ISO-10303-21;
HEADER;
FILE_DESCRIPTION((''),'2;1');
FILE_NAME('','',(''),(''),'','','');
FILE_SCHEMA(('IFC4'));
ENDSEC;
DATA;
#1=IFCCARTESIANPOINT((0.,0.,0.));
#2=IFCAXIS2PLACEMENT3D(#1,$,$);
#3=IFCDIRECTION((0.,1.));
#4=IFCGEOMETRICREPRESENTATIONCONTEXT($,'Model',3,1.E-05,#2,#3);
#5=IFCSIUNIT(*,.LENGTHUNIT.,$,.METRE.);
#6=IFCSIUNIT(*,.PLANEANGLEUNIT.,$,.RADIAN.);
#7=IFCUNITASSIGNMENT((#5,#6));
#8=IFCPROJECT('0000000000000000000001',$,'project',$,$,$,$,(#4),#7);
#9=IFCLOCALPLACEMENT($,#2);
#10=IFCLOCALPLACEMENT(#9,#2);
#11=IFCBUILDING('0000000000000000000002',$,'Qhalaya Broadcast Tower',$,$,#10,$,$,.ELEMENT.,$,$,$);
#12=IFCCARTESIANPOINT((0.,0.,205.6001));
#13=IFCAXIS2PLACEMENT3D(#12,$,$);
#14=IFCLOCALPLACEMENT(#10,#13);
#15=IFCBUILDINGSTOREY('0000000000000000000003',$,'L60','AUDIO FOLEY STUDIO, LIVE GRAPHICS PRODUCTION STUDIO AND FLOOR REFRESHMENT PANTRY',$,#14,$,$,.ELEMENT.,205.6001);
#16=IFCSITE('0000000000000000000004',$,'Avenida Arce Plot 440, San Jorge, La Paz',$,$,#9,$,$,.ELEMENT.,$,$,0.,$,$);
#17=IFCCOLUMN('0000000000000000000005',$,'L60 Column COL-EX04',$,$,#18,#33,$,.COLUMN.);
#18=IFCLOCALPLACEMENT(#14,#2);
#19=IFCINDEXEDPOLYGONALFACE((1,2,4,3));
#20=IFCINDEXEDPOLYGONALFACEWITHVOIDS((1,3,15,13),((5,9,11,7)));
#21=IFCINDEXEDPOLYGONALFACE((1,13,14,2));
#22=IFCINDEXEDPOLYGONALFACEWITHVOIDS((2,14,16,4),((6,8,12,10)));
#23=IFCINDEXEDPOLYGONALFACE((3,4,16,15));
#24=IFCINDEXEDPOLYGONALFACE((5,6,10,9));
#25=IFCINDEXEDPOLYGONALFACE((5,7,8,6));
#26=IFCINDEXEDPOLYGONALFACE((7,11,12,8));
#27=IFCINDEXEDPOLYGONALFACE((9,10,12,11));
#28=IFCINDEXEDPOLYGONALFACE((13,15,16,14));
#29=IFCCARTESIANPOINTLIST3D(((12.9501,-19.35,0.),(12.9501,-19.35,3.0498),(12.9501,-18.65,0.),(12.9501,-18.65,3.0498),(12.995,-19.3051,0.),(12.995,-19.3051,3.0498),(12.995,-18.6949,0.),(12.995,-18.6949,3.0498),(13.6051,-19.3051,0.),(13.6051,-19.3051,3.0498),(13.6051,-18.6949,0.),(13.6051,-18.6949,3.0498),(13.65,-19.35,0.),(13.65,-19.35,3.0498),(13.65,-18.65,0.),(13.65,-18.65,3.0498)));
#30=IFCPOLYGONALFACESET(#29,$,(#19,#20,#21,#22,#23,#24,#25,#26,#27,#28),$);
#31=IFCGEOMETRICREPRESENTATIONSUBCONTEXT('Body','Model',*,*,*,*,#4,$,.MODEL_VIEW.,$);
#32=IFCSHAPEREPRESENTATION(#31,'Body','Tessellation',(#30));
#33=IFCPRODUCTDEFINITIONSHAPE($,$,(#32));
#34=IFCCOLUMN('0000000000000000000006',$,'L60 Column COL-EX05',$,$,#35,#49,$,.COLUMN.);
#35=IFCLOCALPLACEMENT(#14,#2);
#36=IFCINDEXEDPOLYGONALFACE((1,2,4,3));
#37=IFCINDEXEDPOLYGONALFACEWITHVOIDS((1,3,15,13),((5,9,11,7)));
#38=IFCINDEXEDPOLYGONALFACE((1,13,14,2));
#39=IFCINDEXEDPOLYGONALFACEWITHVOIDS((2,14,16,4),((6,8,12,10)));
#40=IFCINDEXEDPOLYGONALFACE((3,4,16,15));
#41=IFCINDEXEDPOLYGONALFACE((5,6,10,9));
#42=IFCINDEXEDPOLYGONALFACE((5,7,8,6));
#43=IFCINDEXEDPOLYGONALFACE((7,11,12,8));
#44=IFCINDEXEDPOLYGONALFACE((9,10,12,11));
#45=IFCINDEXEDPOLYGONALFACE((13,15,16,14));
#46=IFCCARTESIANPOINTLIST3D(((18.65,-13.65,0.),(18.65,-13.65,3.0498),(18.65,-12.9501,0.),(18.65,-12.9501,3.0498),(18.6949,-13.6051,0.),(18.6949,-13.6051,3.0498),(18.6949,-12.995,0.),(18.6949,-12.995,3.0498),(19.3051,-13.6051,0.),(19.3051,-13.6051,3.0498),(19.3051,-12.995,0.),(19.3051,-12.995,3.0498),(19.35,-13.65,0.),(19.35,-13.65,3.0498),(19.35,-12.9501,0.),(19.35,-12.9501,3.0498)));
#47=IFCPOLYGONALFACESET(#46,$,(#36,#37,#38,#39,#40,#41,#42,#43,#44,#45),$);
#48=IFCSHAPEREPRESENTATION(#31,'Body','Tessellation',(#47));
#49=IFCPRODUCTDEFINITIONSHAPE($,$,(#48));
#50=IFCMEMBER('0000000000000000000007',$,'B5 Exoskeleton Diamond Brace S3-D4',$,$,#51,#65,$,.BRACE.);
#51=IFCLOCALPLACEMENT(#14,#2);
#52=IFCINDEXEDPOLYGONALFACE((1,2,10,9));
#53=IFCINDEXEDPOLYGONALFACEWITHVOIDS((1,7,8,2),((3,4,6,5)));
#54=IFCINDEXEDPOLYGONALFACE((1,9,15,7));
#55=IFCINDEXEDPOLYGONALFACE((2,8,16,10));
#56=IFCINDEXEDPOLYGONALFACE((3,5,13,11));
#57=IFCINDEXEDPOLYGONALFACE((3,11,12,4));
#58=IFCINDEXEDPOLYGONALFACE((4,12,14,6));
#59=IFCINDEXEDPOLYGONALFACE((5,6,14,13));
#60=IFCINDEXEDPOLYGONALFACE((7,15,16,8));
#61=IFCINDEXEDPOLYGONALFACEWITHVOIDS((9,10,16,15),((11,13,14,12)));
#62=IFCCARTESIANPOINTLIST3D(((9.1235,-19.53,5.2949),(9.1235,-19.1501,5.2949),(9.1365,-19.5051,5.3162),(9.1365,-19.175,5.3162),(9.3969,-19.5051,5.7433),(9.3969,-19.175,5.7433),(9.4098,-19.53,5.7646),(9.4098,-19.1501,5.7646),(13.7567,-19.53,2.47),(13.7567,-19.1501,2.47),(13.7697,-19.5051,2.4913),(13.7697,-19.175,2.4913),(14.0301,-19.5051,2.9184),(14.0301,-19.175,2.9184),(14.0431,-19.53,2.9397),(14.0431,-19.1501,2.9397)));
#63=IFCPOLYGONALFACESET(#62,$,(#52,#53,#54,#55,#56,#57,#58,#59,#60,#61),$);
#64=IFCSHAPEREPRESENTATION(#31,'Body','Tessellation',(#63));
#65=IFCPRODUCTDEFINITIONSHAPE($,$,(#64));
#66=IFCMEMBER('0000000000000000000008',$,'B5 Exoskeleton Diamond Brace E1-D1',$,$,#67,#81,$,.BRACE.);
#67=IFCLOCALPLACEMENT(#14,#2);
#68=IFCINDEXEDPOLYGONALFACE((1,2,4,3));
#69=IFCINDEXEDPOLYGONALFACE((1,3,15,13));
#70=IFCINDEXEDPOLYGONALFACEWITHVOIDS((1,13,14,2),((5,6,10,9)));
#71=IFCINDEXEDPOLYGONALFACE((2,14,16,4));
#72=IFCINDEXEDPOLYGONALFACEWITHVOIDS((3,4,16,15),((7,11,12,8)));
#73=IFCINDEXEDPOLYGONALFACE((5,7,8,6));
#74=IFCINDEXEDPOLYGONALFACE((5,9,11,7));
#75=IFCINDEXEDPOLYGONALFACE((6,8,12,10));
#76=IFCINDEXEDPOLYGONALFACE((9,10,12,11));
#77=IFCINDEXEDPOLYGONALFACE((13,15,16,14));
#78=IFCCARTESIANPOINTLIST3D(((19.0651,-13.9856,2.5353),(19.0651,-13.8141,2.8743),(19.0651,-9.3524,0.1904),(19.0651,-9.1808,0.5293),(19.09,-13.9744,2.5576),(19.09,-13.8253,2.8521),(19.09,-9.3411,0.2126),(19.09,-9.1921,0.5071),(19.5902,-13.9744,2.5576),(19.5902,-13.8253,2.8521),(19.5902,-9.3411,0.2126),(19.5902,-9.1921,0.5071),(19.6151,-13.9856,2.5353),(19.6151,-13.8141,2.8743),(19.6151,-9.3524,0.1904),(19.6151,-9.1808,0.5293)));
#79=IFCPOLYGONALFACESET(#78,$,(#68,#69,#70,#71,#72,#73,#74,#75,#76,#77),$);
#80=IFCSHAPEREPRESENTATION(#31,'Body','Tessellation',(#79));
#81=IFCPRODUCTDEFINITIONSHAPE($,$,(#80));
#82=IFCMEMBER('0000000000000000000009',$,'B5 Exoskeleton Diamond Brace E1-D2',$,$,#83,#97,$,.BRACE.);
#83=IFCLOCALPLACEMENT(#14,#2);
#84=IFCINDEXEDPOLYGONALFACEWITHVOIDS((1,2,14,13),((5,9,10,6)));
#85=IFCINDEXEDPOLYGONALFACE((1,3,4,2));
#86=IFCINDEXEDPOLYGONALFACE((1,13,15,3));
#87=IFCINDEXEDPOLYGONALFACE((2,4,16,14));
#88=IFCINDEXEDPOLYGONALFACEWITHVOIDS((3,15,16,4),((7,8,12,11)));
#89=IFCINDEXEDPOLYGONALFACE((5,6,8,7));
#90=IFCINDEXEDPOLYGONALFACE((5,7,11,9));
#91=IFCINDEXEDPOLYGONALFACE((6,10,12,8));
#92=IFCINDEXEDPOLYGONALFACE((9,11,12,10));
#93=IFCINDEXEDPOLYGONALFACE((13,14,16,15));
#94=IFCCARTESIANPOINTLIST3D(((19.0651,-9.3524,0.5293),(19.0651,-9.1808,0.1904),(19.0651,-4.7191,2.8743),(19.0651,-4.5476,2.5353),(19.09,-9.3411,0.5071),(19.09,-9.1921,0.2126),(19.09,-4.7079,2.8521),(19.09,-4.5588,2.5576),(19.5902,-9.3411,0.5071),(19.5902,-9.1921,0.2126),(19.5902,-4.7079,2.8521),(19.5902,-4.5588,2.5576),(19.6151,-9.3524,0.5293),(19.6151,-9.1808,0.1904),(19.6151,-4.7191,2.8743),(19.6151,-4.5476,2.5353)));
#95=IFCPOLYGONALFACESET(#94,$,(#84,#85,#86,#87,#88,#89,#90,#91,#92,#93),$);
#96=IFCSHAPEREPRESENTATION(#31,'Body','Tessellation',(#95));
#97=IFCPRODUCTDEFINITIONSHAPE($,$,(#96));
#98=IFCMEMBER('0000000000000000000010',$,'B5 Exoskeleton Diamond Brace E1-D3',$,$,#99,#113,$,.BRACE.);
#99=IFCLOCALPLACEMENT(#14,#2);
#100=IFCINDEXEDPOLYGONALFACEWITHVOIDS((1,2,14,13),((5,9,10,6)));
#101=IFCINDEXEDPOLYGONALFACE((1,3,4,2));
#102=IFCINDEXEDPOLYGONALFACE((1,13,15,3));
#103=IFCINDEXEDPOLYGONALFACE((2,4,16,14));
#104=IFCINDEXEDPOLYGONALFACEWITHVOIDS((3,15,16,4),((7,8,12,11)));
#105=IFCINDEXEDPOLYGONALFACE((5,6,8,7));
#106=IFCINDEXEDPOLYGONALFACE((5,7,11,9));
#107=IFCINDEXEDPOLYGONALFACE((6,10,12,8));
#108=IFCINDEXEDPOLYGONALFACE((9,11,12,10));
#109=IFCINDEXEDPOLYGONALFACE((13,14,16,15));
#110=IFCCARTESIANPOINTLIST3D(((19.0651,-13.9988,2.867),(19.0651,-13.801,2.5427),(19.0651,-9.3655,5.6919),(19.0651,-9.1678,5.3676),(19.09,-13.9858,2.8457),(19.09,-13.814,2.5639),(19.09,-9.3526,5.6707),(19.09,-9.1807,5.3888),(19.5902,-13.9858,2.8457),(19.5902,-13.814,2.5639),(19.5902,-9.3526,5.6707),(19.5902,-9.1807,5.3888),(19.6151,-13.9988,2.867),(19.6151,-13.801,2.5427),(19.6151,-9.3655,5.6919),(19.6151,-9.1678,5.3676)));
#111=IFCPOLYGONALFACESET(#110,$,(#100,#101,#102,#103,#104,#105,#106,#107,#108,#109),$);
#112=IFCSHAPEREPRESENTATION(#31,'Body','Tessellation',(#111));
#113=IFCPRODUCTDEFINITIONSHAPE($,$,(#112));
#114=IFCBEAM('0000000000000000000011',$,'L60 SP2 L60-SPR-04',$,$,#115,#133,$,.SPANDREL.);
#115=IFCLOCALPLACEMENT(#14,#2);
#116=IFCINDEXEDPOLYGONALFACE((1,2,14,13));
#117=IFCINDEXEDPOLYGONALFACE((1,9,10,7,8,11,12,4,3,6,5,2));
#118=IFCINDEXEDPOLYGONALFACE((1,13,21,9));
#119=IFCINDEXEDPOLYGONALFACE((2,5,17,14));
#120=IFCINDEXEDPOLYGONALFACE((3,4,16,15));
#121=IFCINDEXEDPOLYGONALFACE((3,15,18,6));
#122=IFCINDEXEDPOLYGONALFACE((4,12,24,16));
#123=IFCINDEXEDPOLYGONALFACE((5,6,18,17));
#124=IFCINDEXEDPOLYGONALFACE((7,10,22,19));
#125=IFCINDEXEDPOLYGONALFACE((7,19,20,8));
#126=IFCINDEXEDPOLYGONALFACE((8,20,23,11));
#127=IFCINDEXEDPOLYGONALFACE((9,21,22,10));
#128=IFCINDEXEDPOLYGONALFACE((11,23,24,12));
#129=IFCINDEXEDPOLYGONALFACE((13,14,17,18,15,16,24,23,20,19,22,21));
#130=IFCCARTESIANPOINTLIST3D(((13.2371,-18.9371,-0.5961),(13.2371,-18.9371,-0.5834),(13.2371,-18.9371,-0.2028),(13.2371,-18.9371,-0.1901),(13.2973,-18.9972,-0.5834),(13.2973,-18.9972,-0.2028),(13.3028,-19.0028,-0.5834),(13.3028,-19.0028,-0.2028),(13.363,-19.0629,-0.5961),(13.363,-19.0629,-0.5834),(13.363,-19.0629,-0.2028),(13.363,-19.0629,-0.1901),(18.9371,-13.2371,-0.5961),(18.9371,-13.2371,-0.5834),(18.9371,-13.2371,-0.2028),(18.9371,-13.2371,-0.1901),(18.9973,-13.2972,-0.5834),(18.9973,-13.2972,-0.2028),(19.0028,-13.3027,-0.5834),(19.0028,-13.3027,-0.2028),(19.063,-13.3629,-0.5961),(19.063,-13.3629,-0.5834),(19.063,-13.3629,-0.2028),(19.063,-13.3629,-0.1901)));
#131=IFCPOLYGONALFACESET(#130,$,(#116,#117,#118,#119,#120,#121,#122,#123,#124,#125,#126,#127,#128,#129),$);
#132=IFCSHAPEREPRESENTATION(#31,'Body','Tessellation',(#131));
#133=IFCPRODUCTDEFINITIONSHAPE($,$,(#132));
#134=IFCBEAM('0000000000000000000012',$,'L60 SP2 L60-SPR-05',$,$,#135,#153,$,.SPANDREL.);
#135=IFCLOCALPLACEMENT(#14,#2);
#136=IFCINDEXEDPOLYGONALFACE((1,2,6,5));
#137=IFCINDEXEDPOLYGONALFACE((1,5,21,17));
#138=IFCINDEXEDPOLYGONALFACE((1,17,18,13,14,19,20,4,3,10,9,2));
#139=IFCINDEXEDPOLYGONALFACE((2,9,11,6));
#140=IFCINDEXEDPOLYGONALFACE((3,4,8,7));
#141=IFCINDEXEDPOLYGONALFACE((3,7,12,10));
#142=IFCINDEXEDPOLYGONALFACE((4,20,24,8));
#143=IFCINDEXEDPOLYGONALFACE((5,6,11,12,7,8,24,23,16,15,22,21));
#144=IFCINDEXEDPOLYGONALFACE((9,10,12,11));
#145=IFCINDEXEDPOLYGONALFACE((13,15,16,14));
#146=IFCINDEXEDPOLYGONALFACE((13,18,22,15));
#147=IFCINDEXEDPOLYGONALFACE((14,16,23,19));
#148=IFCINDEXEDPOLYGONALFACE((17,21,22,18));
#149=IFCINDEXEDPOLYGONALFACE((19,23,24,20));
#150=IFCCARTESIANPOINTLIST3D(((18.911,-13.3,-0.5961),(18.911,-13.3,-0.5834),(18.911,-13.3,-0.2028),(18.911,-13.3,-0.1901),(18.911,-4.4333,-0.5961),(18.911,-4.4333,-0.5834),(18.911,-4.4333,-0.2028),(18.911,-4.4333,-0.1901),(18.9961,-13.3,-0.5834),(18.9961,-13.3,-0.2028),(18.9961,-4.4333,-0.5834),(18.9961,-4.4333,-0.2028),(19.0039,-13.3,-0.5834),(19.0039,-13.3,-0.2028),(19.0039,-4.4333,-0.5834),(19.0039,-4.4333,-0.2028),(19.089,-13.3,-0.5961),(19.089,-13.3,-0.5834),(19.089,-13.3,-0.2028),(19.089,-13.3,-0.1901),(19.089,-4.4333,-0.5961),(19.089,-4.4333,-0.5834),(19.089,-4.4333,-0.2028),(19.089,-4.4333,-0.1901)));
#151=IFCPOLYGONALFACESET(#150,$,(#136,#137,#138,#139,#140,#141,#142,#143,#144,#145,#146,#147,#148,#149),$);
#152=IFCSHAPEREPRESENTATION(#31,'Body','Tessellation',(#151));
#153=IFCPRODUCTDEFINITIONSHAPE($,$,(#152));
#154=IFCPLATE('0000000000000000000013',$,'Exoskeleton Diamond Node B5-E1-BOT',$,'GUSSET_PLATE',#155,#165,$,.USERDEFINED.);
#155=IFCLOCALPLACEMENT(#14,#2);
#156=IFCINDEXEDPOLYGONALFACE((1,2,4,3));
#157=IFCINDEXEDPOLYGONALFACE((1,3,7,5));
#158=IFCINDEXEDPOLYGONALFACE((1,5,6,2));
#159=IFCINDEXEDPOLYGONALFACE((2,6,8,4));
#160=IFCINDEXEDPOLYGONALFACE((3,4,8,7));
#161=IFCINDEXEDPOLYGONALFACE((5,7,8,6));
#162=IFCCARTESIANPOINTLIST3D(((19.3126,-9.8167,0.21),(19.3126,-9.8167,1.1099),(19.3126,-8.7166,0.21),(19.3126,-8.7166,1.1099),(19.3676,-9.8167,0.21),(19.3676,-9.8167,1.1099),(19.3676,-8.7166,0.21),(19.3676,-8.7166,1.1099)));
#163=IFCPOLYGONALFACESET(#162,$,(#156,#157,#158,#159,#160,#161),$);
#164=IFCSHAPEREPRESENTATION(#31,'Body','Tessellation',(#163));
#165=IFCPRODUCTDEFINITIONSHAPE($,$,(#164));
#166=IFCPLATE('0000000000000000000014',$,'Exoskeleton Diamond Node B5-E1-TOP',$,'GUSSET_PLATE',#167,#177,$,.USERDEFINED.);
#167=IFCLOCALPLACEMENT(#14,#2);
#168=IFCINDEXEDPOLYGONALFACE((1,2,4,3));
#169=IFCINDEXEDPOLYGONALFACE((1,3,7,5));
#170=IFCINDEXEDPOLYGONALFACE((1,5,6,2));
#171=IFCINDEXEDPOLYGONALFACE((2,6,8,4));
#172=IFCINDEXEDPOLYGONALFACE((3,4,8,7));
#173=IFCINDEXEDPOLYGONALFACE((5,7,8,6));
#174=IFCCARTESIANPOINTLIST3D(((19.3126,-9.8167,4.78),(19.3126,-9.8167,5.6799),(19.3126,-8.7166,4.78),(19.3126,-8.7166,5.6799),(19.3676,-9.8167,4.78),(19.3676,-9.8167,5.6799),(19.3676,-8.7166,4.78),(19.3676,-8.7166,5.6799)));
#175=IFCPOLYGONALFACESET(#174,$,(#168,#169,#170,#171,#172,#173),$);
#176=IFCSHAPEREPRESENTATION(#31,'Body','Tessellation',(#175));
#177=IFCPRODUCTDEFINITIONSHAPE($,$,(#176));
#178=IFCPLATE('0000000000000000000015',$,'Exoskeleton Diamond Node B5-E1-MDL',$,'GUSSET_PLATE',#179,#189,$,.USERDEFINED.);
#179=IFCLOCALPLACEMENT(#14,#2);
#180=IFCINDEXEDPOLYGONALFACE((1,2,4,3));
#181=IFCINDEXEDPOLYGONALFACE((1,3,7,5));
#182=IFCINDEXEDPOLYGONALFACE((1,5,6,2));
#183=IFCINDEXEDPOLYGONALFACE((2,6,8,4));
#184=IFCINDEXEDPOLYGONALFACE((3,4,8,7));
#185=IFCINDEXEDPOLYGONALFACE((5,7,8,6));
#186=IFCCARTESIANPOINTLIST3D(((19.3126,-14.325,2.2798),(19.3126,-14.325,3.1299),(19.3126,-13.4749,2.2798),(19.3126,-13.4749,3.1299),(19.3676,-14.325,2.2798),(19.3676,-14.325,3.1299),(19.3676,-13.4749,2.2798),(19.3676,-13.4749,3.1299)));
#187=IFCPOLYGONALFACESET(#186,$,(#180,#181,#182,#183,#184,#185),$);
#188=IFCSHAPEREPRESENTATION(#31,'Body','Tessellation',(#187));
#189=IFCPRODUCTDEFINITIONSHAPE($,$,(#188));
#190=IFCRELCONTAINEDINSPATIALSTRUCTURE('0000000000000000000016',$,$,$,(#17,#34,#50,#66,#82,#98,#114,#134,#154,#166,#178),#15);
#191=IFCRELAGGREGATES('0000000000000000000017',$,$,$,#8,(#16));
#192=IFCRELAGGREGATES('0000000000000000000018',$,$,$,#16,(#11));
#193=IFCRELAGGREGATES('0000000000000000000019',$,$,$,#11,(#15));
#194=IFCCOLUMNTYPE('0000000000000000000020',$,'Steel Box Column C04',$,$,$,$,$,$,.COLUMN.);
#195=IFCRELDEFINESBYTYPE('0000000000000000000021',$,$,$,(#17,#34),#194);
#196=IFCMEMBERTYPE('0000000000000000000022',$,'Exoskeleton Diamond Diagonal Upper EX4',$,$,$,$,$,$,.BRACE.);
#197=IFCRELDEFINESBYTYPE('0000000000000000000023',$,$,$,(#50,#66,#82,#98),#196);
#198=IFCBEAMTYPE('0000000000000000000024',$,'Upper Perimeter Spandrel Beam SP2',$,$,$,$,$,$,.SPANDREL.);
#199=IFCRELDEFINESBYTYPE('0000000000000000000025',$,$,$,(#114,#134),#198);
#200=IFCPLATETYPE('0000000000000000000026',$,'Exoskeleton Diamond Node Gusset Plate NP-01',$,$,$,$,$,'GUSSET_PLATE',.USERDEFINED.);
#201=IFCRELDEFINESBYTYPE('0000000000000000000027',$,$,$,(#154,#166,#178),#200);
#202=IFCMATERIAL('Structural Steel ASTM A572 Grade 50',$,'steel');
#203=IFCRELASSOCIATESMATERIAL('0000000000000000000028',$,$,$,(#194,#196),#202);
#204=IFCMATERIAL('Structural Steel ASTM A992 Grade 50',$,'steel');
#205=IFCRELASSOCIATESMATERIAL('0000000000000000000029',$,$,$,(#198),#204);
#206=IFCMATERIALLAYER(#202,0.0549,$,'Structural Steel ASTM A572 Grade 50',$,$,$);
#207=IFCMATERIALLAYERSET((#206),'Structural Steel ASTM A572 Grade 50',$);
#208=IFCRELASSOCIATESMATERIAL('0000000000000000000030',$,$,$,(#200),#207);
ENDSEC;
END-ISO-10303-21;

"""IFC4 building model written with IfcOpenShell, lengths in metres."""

from ifc_helpers import new_model, si_unit, direction, frame, origin, origin_2d, place, context, subcontext, project, spatial, rectangle, hollow_rectangle, i_section, extrude, material, layer, layer_set, material_profile, profile_set, type_object, element, save


model = new_model("IFC4")

# Units and contexts
model_context = context("Model", 3, precision=1e-05, world=origin(), true_north=direction((0.0, 1.0)))
body_context = subcontext(model_context, "Body", "Model", "MODEL_VIEW")
ifc_project = project(units=[si_unit("LENGTHUNIT", "METRE"), si_unit("PLANEANGLEUNIT", "RADIAN")], contexts=[model_context])

# Site, building, storey
site_placement = place(None, origin())
site = spatial("IfcSite", under=ifc_project, at=site_placement, Name="Avenida Arce Plot 440, San Jorge, La Paz", CompositionType="ELEMENT", RefElevation=0.0)
building_placement = place(site_placement, origin())
building = spatial("IfcBuilding", under=site, at=building_placement, Name="Qhalaya Broadcast Tower", CompositionType="ELEMENT")
storey_placement = place(building_placement, frame((0.0, 0.0, 205.6001)))
storey = spatial("IfcBuildingStorey", under=building, at=storey_placement, Name="L60", Description="AUDIO FOLEY STUDIO, LIVE GRAPHICS PRODUCTION STUDIO AND FLOOR REFRESHMENT PANTRY", CompositionType="ELEMENT", Elevation=205.6001)

# Columns
ifc_material_1 = material(Name="Structural Steel ASTM A572 Grade 50", Category="steel")
ifc_material_profile_1 = material_profile(ifc_material_1, hollow_rectangle(XDim=0.7, YDim=0.7, WallThickness=0.0449, at=origin_2d()), Name="BOX 700x700x45")
ifc_profile_set_1 = profile_set([ifc_material_profile_1], Name="Structural Steel ASTM A572 Grade 50")
column_type = type_object("IfcColumnType", Name="Steel Box Column C04", PredefinedType="COLUMN", material=ifc_profile_set_1)
for number, where, z_axis, x_axis, name in (
    (1, (13.3, -19.0, 0.0), (0.0, 0.0, 1.0), (1.0, 0.0, 0.0), "L60 Column COL-EX04"),
    (2, (19.0, -13.3, 0.0), (0.0, 0.0, 1.0), (0.0, 1.0, 0.0), "L60 Column COL-EX05"),
):
    element("IfcColumn", number, at=place(storey_placement, frame(where, z_axis=z_axis, x_axis=x_axis)), inside=storey, type_object=column_type, Name=name, PredefinedType="COLUMN", context=body_context, shape_type="SweptSolid", body=[
        extrude(hollow_rectangle(XDim=0.7, YDim=0.7, WallThickness=0.0449, at=origin_2d()), origin(), (0.0, 0.0, 1.0), 3.0498),
    ])

# Members
ifc_material_profile_2 = material_profile(ifc_material_1, hollow_rectangle(XDim=0.3799, YDim=0.55, WallThickness=0.0249, at=origin_2d()), Name="BOX 380x550x25")
ifc_profile_set_2 = profile_set([ifc_material_profile_2], Name="Structural Steel ASTM A572 Grade 50")
member_type = type_object("IfcMemberType", Name="Exoskeleton Diamond Diagonal Upper EX4", PredefinedType="BRACE", material=ifc_profile_set_2)
member_1_placement = place(storey_placement, frame((13.8999, -19.3401, 2.7048), z_axis=(-0.853815, 0.0, 0.520576), x_axis=(0.0, -1.0, 0.0)))
element("IfcMember", 3, at=member_1_placement, inside=storey, type_object=member_type, Name="B5 Exoskeleton Diamond Brace S3-D4", PredefinedType="BRACE", context=body_context, shape_type="SweptSolid", body=[
    extrude(hollow_rectangle(XDim=0.3799, YDim=0.55, WallThickness=0.0249, at=origin_2d()), origin(), (0.0, 0.0, 1.0), 5.4265),
])
for number, where, z_axis, x_axis, name in (
    (4, (19.3401, -9.2666, 0.3599), (0.0, -0.892235, 0.451571), (0.0, 0.451571, 0.892235), "B5 Exoskeleton Diamond Brace E1-D1"),
    (5, (19.3401, -9.2666, 0.3599), (0.0, 0.892235, 0.451571), (0.0, -0.451571, 0.892235), "B5 Exoskeleton Diamond Brace E1-D2"),
):
    element("IfcMember", number, at=place(storey_placement, frame(where, z_axis=z_axis, x_axis=x_axis)), inside=storey, type_object=member_type, Name=name, PredefinedType="BRACE", context=body_context, shape_type="SweptSolid", body=[
        extrude(hollow_rectangle(XDim=0.3799, YDim=0.55, WallThickness=0.0249, at=origin_2d()), origin(), (0.0, 0.0, 1.0), 5.1929),
    ])
member_2_placement = place(storey_placement, frame((19.3401, -13.8999, 2.7048), z_axis=(0.0, 0.853815, 0.520576), x_axis=(0.0, -0.520576, 0.853815)))
element("IfcMember", 6, at=member_2_placement, inside=storey, type_object=member_type, Name="B5 Exoskeleton Diamond Brace E1-D3", PredefinedType="BRACE", context=body_context, shape_type="SweptSolid", body=[
    extrude(hollow_rectangle(XDim=0.3799, YDim=0.55, WallThickness=0.0249, at=origin_2d()), origin(), (0.0, 0.0, 1.0), 5.4265),
])

# Beams
ifc_material_2 = material(Name="Structural Steel ASTM A992 Grade 50", Category="steel")
ifc_material_profile_3 = material_profile(ifc_material_2, i_section(OverallWidth=0.178, OverallDepth=0.406, WebThickness=0.0078, FlangeThickness=0.0127, at=origin_2d()), Name="W16X40")
ifc_profile_set_3 = profile_set([ifc_material_profile_3], Name="Structural Steel ASTM A992 Grade 50")
beam_type = type_object("IfcBeamType", Name="Upper Perimeter Spandrel Beam SP2", PredefinedType="SPANDREL", material=ifc_profile_set_3)
beam_1_placement = place(storey_placement, frame((13.3, -19.0, -0.3931), z_axis=(0.707107, 0.707107, 0.0), x_axis=(-0.707107, 0.707107, 0.0)))
element("IfcBeam", 7, at=beam_1_placement, inside=storey, type_object=beam_type, Name="L60 SP2 L60-SPR-04", PredefinedType="SPANDREL", context=body_context, shape_type="SweptSolid", body=[
    extrude(i_section(OverallWidth=0.178, OverallDepth=0.406, WebThickness=0.0078, FlangeThickness=0.0127, at=origin_2d()), origin(), (0.0, 0.0, 1.0), 8.061),
])
beam_2_placement = place(storey_placement, frame((19.0, -13.3, -0.3931), z_axis=(0.0, 1.0, 0.0), x_axis=(-1.0, 0.0, 0.0)))
element("IfcBeam", 8, at=beam_2_placement, inside=storey, type_object=beam_type, Name="L60 SP2 L60-SPR-05", PredefinedType="SPANDREL", context=body_context, shape_type="SweptSolid", body=[
    extrude(i_section(OverallWidth=0.178, OverallDepth=0.406, WebThickness=0.0078, FlangeThickness=0.0127, at=origin_2d()), origin(), (0.0, 0.0, 1.0), 8.8667),
])

# Plates
ifc_layer_1 = layer(ifc_material_1, 0.0549, Name="Structural Steel ASTM A572 Grade 50")
ifc_layer_set_1 = layer_set([ifc_layer_1], Name="Structural Steel ASTM A572 Grade 50")
plate_type_1 = type_object("IfcPlateType", Name="Exoskeleton Diamond Node Gusset Plate NP-01", ElementType="GUSSET_PLATE", PredefinedType="USERDEFINED", material=ifc_layer_set_1)
for number, where, z_axis, x_axis, name in (
    (9, (19.3401, -9.2666, 0.21), (0.0, 0.0, 1.0), (0.0, 1.0, 0.0), "Exoskeleton Diamond Node B5-E1-BOT"),
    (10, (19.3401, -9.2666, 4.78), (0.0, 0.0, 1.0), (0.0, 1.0, 0.0), "Exoskeleton Diamond Node B5-E1-TOP"),
):
    element("IfcPlate", number, at=place(storey_placement, frame(where, z_axis=z_axis, x_axis=x_axis)), inside=storey, type_object=plate_type_1, Name=name, ObjectType="GUSSET_PLATE", PredefinedType="USERDEFINED", context=body_context, shape_type="SweptSolid", body=[
        extrude(rectangle(XDim=1.1001, YDim=0.0549, at=origin_2d()), origin(), (0.0, 0.0, 1.0), 0.8999),
    ])
plate_1_placement = place(storey_placement, frame((19.3401, -13.8999, 2.2798), z_axis=(0.0, 0.0, 1.0), x_axis=(0.0, 1.0, 0.0)))
element("IfcPlate", 11, at=plate_1_placement, inside=storey, type_object=plate_type_1, Name="Exoskeleton Diamond Node B5-E1-MDL", ObjectType="GUSSET_PLATE", PredefinedType="USERDEFINED", context=body_context, shape_type="SweptSolid", body=[
    extrude(rectangle(XDim=0.8501, YDim=0.0549, at=origin_2d()), origin(), (0.0, 0.0, 1.0), 0.8501),
])

save(model, "model.ifc")
